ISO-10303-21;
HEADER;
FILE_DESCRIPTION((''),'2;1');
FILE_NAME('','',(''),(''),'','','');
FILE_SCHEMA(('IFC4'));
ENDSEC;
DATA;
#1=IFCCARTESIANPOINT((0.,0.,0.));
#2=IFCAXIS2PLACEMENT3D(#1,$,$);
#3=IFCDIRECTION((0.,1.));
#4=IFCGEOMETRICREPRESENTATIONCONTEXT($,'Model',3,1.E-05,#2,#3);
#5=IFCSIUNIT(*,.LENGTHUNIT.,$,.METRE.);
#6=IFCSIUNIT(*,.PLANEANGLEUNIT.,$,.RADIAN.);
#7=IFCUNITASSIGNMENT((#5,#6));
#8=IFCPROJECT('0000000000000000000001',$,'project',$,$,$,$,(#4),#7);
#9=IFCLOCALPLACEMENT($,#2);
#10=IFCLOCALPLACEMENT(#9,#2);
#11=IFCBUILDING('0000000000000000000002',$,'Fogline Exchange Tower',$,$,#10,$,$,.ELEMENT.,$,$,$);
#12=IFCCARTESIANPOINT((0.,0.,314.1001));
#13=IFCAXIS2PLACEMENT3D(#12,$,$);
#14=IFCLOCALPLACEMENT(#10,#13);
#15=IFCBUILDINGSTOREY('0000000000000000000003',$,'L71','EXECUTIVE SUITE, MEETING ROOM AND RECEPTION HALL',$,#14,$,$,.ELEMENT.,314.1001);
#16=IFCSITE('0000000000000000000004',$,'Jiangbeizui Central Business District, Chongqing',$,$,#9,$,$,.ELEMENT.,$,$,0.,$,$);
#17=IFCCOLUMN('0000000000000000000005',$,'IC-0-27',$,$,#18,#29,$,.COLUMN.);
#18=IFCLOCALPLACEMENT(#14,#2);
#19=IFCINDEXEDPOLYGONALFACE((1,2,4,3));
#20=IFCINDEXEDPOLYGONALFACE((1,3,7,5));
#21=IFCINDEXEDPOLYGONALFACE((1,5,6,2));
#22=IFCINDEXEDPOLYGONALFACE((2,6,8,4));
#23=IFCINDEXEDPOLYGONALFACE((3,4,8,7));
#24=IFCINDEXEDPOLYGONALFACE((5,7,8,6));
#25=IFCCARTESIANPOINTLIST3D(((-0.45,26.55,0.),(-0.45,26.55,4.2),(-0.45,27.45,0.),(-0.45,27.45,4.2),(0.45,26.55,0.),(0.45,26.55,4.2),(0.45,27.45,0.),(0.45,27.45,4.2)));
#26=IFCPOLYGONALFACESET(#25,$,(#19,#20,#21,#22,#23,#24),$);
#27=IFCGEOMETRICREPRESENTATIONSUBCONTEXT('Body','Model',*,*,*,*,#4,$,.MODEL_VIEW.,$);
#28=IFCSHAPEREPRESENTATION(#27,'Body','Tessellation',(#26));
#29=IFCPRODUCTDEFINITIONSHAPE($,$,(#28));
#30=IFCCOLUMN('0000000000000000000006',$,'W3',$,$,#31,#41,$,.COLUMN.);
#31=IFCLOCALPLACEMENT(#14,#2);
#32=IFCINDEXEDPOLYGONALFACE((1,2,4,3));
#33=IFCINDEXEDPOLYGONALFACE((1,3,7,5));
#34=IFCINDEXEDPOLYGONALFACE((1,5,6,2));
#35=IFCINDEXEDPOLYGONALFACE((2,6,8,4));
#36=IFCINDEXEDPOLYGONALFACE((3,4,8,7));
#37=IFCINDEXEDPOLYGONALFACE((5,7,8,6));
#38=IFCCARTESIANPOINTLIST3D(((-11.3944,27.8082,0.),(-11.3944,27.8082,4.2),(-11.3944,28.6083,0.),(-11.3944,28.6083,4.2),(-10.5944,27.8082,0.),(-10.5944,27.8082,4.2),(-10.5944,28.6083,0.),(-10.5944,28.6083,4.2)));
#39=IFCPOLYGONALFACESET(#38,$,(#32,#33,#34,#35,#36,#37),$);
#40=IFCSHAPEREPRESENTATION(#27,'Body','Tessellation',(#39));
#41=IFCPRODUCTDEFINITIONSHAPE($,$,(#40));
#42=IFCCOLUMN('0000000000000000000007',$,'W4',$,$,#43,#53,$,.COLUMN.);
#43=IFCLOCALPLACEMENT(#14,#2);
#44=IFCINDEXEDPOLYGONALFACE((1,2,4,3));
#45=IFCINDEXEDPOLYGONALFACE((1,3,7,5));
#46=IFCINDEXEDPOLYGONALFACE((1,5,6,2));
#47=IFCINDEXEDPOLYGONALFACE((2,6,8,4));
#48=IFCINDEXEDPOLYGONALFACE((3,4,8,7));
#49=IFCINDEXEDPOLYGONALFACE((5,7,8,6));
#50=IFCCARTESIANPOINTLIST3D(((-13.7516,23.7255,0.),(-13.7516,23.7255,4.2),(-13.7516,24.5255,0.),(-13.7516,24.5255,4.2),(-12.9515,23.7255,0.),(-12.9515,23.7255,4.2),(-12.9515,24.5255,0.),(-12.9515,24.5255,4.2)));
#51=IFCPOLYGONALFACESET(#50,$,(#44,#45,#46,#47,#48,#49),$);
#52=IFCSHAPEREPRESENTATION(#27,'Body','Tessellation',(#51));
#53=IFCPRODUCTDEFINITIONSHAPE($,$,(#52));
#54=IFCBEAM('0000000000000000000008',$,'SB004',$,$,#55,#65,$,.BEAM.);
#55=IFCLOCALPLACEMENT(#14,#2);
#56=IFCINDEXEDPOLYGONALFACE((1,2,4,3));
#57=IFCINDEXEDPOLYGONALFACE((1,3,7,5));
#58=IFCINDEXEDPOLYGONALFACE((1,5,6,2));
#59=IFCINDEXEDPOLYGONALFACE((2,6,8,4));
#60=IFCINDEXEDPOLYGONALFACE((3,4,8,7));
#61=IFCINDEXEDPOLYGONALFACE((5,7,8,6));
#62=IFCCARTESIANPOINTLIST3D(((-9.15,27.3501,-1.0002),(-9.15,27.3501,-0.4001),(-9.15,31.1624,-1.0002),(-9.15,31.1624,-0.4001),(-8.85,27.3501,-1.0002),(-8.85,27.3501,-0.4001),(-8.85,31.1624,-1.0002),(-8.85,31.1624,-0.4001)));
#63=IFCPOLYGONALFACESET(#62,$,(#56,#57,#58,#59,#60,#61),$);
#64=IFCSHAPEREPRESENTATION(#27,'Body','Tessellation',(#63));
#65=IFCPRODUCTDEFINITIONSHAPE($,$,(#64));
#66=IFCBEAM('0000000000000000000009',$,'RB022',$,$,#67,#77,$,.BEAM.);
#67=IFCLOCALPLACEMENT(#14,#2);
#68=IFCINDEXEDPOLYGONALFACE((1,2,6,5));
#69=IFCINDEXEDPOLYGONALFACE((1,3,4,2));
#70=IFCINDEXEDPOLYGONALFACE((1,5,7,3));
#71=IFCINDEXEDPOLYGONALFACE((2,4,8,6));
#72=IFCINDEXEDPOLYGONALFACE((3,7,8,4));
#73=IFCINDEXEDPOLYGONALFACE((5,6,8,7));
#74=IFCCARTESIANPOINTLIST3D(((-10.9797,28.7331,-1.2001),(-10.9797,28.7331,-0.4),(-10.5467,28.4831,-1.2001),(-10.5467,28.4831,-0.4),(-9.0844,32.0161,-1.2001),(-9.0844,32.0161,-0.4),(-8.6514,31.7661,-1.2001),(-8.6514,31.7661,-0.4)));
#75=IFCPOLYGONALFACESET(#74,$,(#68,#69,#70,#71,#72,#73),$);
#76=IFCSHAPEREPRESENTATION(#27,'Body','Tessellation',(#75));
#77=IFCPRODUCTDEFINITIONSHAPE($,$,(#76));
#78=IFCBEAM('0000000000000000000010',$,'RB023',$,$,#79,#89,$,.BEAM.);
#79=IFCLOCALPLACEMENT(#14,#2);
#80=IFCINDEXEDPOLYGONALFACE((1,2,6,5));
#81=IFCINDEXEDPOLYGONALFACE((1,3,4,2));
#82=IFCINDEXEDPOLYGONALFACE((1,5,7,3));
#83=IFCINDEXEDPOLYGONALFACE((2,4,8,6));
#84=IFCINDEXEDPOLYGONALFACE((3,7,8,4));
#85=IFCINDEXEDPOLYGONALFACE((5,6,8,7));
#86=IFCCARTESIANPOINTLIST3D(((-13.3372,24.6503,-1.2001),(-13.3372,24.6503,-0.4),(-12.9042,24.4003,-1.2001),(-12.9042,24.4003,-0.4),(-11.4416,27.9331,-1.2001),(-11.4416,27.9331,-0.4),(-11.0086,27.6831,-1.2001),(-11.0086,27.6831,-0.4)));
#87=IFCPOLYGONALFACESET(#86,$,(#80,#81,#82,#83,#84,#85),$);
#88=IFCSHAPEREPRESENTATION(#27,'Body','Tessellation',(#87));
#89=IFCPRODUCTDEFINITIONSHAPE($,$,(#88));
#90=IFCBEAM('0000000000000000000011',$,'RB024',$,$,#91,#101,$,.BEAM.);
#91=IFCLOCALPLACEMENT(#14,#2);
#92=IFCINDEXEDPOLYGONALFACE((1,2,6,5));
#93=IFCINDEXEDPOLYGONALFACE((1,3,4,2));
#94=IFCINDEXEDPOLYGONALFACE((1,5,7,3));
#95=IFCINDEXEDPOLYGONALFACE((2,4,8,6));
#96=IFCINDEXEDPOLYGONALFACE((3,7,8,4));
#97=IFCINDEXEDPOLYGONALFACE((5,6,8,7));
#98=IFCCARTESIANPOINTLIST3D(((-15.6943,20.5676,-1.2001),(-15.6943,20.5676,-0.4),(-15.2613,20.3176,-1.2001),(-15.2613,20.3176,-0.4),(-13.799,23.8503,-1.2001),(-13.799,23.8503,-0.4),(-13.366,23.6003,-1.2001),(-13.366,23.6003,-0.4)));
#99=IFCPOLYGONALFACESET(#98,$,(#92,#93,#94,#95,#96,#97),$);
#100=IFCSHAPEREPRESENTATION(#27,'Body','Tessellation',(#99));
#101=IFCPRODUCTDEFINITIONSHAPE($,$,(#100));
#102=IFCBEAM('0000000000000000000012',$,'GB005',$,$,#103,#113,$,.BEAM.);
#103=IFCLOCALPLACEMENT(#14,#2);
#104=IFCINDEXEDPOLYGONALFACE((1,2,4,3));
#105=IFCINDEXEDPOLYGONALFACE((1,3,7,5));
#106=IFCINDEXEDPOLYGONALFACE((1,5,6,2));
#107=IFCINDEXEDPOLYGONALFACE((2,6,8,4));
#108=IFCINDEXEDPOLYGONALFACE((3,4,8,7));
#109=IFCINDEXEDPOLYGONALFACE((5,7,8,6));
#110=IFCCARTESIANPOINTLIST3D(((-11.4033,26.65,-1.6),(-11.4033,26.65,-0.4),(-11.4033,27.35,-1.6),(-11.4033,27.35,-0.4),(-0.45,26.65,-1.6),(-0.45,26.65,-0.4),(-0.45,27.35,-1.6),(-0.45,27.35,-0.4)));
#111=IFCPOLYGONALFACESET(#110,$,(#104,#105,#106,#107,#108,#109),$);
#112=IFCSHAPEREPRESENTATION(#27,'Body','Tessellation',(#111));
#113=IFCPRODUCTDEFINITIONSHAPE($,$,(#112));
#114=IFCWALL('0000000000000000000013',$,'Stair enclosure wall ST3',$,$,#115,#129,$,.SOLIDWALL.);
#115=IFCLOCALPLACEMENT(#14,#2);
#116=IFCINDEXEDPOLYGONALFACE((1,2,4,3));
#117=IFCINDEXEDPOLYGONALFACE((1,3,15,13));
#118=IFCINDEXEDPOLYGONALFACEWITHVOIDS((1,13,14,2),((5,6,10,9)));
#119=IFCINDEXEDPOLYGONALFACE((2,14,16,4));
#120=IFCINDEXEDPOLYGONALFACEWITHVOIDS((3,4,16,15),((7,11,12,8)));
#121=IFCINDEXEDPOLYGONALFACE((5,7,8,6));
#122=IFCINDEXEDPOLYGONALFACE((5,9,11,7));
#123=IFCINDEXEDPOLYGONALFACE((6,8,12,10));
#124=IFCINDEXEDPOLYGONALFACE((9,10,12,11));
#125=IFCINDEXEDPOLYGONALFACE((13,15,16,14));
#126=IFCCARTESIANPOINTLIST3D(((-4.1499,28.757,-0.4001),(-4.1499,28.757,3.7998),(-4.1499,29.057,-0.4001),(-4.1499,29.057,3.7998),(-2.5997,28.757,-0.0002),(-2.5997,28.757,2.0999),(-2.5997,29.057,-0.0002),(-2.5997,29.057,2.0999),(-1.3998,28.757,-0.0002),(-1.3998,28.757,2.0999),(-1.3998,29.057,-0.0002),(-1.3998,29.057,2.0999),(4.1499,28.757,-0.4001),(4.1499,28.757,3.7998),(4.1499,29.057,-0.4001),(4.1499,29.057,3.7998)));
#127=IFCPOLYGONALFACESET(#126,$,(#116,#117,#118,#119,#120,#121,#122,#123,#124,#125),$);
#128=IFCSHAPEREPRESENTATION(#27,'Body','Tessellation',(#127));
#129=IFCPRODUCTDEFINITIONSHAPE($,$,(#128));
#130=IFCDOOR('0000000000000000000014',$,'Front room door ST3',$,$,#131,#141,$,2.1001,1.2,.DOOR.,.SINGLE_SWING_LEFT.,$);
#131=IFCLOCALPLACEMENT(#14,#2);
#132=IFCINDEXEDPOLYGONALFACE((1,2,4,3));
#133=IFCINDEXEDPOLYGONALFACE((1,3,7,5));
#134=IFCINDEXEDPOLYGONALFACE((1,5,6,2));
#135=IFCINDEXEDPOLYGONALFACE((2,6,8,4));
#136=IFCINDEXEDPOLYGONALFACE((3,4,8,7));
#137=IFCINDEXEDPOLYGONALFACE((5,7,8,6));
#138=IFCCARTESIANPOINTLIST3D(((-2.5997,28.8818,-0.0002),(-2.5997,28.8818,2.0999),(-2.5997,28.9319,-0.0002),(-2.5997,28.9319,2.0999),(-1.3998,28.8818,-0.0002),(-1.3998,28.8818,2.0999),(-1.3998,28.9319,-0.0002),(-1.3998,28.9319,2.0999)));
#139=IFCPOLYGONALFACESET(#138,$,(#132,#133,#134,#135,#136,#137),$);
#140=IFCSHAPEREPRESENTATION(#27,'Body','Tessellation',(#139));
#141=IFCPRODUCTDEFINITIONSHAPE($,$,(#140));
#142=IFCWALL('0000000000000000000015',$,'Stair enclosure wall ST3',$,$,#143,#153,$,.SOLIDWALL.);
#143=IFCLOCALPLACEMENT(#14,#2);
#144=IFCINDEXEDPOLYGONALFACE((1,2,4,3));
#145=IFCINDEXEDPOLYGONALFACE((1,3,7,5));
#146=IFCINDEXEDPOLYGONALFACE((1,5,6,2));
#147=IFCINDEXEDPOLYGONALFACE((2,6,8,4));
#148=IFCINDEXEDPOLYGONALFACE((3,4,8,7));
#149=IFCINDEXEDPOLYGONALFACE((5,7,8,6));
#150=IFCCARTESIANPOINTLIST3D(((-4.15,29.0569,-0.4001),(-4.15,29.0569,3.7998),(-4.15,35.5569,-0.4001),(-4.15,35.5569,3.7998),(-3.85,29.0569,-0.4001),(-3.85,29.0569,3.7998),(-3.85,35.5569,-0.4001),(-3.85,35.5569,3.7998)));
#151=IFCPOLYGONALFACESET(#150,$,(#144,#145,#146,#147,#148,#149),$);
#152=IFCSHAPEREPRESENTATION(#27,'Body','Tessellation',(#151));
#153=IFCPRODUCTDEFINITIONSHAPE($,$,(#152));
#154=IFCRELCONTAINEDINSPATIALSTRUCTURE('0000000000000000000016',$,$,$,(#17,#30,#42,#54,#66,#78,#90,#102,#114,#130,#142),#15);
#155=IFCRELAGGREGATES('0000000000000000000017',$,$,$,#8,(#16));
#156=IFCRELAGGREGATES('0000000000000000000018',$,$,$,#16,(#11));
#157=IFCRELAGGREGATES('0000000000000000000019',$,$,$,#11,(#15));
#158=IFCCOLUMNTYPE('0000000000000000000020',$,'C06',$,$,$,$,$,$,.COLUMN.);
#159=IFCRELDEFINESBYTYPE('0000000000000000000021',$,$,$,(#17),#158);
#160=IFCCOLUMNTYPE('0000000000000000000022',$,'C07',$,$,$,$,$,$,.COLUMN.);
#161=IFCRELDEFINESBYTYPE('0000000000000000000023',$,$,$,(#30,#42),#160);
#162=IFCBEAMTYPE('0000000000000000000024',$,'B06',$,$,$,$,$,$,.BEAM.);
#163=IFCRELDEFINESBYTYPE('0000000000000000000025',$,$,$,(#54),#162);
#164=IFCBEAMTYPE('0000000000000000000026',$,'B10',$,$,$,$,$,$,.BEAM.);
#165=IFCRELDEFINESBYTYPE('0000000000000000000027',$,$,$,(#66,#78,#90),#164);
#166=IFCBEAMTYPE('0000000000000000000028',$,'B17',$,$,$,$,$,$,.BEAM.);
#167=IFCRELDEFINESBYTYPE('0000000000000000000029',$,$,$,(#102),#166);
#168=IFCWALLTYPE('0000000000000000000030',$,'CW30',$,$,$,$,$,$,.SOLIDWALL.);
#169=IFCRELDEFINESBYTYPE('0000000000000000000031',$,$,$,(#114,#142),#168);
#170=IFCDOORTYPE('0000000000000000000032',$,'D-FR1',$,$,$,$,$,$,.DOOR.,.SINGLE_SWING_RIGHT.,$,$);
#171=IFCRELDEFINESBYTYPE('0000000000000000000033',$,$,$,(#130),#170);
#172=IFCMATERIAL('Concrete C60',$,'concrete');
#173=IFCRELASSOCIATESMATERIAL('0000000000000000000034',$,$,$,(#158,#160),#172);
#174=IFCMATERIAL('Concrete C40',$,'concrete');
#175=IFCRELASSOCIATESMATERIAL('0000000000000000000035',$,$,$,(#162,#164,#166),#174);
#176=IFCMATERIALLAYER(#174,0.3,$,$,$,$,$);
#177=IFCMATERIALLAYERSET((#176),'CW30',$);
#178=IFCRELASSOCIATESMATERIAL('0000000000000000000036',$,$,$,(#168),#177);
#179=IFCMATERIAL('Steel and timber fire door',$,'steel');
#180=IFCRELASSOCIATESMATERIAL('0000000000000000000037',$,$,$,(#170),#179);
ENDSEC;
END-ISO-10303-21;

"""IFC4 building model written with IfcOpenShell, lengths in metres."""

from ifc_helpers import new_model, si_unit, direction, frame, frame_2d, origin, origin_2d, place, context, subcontext, project, spatial, rectangle, extrude, material, layer, layer_set, material_profile, profile_set, type_object, element, fill, save


model = new_model("IFC4")

# Units and contexts
model_context = context("Model", 3, precision=1e-05, world=origin(), true_north=direction((0.0, 1.0)))
body_context = subcontext(model_context, "Body", "Model", "MODEL_VIEW")
ifc_project = project(units=[si_unit("LENGTHUNIT", "METRE"), si_unit("PLANEANGLEUNIT", "RADIAN")], contexts=[model_context])

# Site, building, storey
site_placement = place(None, origin())
site = spatial("IfcSite", under=ifc_project, at=site_placement, Name="Jiangbeizui Central Business District, Chongqing", CompositionType="ELEMENT", RefElevation=0.0)
building_placement = place(site_placement, origin())
building = spatial("IfcBuilding", under=site, at=building_placement, Name="Fogline Exchange Tower", CompositionType="ELEMENT")
storey_placement = place(building_placement, frame((0.0, 0.0, 314.1001)))
storey = spatial("IfcBuildingStorey", under=building, at=storey_placement, Name="L71", Description="EXECUTIVE SUITE, MEETING ROOM AND RECEPTION HALL", CompositionType="ELEMENT", Elevation=314.1001)

# Columns
ifc_material_1 = material(Name="Concrete C60", Category="concrete")
ifc_material_profile_1 = material_profile(ifc_material_1, rectangle(XDim=0.8999, YDim=0.8999, at=origin_2d()), Name="RC 900x900")
ifc_profile_set_1 = profile_set([ifc_material_profile_1], Name="Concrete C60")
column_type_1 = type_object("IfcColumnType", Name="C06", PredefinedType="COLUMN", material=ifc_profile_set_1)
column_placement = place(storey_placement, frame((0.0, 27.0, 0.0), z_axis=(0.0, 0.0, 1.0), x_axis=(1.0, 0.0, 0.0)))
element("IfcColumn", 1, at=column_placement, inside=storey, type_object=column_type_1, Name="IC-0-27", PredefinedType="COLUMN", context=body_context, shape_type="SweptSolid", body=[
    extrude(rectangle(XDim=0.8999, YDim=0.8999, at=origin_2d()), origin(), (0.0, 0.0, 1.0), 4.2),
])
ifc_material_profile_2 = material_profile(ifc_material_1, rectangle(XDim=0.8, YDim=0.8, at=origin_2d()), Name="RC 800x800")
ifc_profile_set_2 = profile_set([ifc_material_profile_2], Name="Concrete C60")
column_type_2 = type_object("IfcColumnType", Name="C07", PredefinedType="COLUMN", material=ifc_profile_set_2)
for number, where, z_axis, x_axis, name in (
    (2, (-10.9944, 28.2083, 0.0), (0.0, 0.0, 1.0), (1.0, 0.0, 0.0), "W3"),
    (3, (-13.3516, 24.1255, 0.0), (0.0, 0.0, 1.0), (1.0, 0.0, 0.0), "W4"),
):
    element("IfcColumn", number, at=place(storey_placement, frame(where, z_axis=z_axis, x_axis=x_axis)), inside=storey, type_object=column_type_2, Name=name, PredefinedType="COLUMN", context=body_context, shape_type="SweptSolid", body=[
        extrude(rectangle(XDim=0.8, YDim=0.8, at=origin_2d()), origin(), (0.0, 0.0, 1.0), 4.2),
    ])

# Beams
ifc_material_2 = material(Name="Concrete C40", Category="concrete")
ifc_material_profile_3 = material_profile(ifc_material_2, rectangle(XDim=0.3, YDim=0.6001, at=origin_2d()), Name="RC 300x600")
ifc_profile_set_3 = profile_set([ifc_material_profile_3], Name="Concrete C40")
beam_type_1 = type_object("IfcBeamType", Name="B06", PredefinedType="BEAM", material=ifc_profile_set_3)
beam_1_placement = place(storey_placement, frame((-9.0, 27.3501, -0.7002), z_axis=(0.0, 1.0, 0.0), x_axis=(-1.0, 0.0, 0.0)))
element("IfcBeam", 4, at=beam_1_placement, inside=storey, type_object=beam_type_1, Name="SB004", PredefinedType="BEAM", context=body_context, shape_type="SweptSolid", body=[
    extrude(rectangle(XDim=0.3, YDim=0.6001, at=origin_2d()), origin(), (0.0, 0.0, 1.0), 3.8123),
])
ifc_material_profile_4 = material_profile(ifc_material_2, rectangle(XDim=0.5, YDim=0.8, at=origin_2d()), Name="RC 500x800")
ifc_profile_set_4 = profile_set([ifc_material_profile_4], Name="Concrete C40")
beam_type_2 = type_object("IfcBeamType", Name="B10", PredefinedType="BEAM", material=ifc_profile_set_4)
for number, where, z_axis, x_axis, name in (
    (5, (-8.8679, 31.8911, -0.8), (-0.49997, -0.866043, 0.0), (0.866043, -0.49997, 0.0), "RB022"),
    (6, (-11.2251, 27.8081, -0.8), (-0.500046, -0.865999, 0.0), (0.865999, -0.500046, 0.0), "RB023"),
):
    element("IfcBeam", number, at=place(storey_placement, frame(where, z_axis=z_axis, x_axis=x_axis)), inside=storey, type_object=beam_type_2, Name=name, PredefinedType="BEAM", context=body_context, shape_type="SweptSolid", body=[
        extrude(rectangle(XDim=0.5, YDim=0.8, at=origin_2d()), origin(), (0.0, 0.0, 1.0), 3.7908),
    ])
beam_2_placement = place(storey_placement, frame((-13.5825, 23.7253, -0.8), z_axis=(-0.499998, -0.866027, 0.0), x_axis=(0.866027, -0.499998, 0.0)))
element("IfcBeam", 7, at=beam_2_placement, inside=storey, type_object=beam_type_2, Name="RB024", PredefinedType="BEAM", context=body_context, shape_type="SweptSolid", body=[
    extrude(rectangle(XDim=0.5, YDim=0.8, at=origin_2d()), origin(), (0.0, 0.0, 1.0), 3.7905),
])
ifc_material_profile_5 = material_profile(ifc_material_2, rectangle(XDim=0.7, YDim=1.2, at=origin_2d()), Name="RC 700x1200")
ifc_profile_set_5 = profile_set([ifc_material_profile_5], Name="Concrete C40")
beam_type_3 = type_object("IfcBeamType", Name="B17", PredefinedType="BEAM", material=ifc_profile_set_5)
beam_3_placement = place(storey_placement, frame((-11.4033, 27.0, -1.0), z_axis=(1.0, 0.0, 0.0), x_axis=(0.0, 1.0, 0.0)))
element("IfcBeam", 8, at=beam_3_placement, inside=storey, type_object=beam_type_3, Name="GB005", PredefinedType="BEAM", context=body_context, shape_type="SweptSolid", body=[
    extrude(rectangle(XDim=0.7, YDim=1.2, at=origin_2d()), origin(), (0.0, 0.0, 1.0), 10.9534),
])

# Wall, opening, door
ifc_layer_1 = layer(ifc_material_2, 0.3)
ifc_layer_set_1 = layer_set([ifc_layer_1], Name="CW30")
wall_type_1 = type_object("IfcWallType", Name="CW30", PredefinedType="SOLIDWALL", material=ifc_layer_set_1)
wall_1_placement = place(storey_placement, frame((-4.1499, 28.907, -0.4001), z_axis=(0.0, 0.0, 1.0), x_axis=(1.0, 0.0, 0.0)))
wall_1 = element("IfcWall", 9, at=wall_1_placement, inside=storey, type_object=wall_type_1, Name="Stair enclosure wall ST3", PredefinedType="SOLIDWALL", context=body_context, shape_type="SweptSolid", body=[
    extrude(rectangle(XDim=8.2998, YDim=0.3, at=frame_2d((4.1499, 0.0))), origin(), (0.0, 0.0, 1.0), 4.2),
])
opening_1_placement = place(wall_1_placement, frame((1.55, 0.0, 0.3999)))
opening_1 = element("IfcOpeningElement", 10, at=opening_1_placement, cuts=wall_1, PredefinedType="OPENING", context=body_context, shape_type="SweptSolid", body=[
    extrude(rectangle(XDim=1.2, YDim=2.1001, at=frame_2d((0.6001, 1.05))), frame((0.0, 0.1602, 0.0), z_axis=(0.0, -1.0, 0.0), x_axis=(1.0, 0.0, 0.0)), (0.0, 0.0, 1.0), 0.3201),
])
ifc_material_3 = material(Name="Steel and timber fire door", Category="steel")
door_type_1 = type_object("IfcDoorType", Name="D-FR1", OperationType="SINGLE_SWING_RIGHT", PredefinedType="DOOR", material=ifc_material_3)
door_1_placement = place(opening_1_placement, origin())
door_1 = element("IfcDoor", 11, at=door_1_placement, inside=storey, type_object=door_type_1, Name="Front room door ST3", OperationType="SINGLE_SWING_LEFT", OverallHeight=2.1001, OverallWidth=1.2, PredefinedType="DOOR", context=body_context, shape_type="SweptSolid", body=[
    extrude(rectangle(XDim=1.2, YDim=2.1001, at=frame_2d((0.6001, 1.05))), frame((0.0, 0.0249, 0.0), z_axis=(0.0, -1.0, 0.0), x_axis=(1.0, 0.0, 0.0)), (0.0, 0.0, 1.0), 0.05),
])
fill(opening_1, door_1)

# Wall
wall_2_placement = place(storey_placement, frame((-4.0, 29.0569, -0.4001), z_axis=(0.0, 0.0, 1.0), x_axis=(0.0, 1.0, 0.0)))
element("IfcWall", 12, at=wall_2_placement, inside=storey, type_object=wall_type_1, Name="Stair enclosure wall ST3", PredefinedType="SOLIDWALL", context=body_context, shape_type="SweptSolid", body=[
    extrude(rectangle(XDim=6.5, YDim=0.3, at=frame_2d((3.25, 0.0))), origin(), (0.0, 0.0, 1.0), 4.2),
])

save(model, "model.ifc")
